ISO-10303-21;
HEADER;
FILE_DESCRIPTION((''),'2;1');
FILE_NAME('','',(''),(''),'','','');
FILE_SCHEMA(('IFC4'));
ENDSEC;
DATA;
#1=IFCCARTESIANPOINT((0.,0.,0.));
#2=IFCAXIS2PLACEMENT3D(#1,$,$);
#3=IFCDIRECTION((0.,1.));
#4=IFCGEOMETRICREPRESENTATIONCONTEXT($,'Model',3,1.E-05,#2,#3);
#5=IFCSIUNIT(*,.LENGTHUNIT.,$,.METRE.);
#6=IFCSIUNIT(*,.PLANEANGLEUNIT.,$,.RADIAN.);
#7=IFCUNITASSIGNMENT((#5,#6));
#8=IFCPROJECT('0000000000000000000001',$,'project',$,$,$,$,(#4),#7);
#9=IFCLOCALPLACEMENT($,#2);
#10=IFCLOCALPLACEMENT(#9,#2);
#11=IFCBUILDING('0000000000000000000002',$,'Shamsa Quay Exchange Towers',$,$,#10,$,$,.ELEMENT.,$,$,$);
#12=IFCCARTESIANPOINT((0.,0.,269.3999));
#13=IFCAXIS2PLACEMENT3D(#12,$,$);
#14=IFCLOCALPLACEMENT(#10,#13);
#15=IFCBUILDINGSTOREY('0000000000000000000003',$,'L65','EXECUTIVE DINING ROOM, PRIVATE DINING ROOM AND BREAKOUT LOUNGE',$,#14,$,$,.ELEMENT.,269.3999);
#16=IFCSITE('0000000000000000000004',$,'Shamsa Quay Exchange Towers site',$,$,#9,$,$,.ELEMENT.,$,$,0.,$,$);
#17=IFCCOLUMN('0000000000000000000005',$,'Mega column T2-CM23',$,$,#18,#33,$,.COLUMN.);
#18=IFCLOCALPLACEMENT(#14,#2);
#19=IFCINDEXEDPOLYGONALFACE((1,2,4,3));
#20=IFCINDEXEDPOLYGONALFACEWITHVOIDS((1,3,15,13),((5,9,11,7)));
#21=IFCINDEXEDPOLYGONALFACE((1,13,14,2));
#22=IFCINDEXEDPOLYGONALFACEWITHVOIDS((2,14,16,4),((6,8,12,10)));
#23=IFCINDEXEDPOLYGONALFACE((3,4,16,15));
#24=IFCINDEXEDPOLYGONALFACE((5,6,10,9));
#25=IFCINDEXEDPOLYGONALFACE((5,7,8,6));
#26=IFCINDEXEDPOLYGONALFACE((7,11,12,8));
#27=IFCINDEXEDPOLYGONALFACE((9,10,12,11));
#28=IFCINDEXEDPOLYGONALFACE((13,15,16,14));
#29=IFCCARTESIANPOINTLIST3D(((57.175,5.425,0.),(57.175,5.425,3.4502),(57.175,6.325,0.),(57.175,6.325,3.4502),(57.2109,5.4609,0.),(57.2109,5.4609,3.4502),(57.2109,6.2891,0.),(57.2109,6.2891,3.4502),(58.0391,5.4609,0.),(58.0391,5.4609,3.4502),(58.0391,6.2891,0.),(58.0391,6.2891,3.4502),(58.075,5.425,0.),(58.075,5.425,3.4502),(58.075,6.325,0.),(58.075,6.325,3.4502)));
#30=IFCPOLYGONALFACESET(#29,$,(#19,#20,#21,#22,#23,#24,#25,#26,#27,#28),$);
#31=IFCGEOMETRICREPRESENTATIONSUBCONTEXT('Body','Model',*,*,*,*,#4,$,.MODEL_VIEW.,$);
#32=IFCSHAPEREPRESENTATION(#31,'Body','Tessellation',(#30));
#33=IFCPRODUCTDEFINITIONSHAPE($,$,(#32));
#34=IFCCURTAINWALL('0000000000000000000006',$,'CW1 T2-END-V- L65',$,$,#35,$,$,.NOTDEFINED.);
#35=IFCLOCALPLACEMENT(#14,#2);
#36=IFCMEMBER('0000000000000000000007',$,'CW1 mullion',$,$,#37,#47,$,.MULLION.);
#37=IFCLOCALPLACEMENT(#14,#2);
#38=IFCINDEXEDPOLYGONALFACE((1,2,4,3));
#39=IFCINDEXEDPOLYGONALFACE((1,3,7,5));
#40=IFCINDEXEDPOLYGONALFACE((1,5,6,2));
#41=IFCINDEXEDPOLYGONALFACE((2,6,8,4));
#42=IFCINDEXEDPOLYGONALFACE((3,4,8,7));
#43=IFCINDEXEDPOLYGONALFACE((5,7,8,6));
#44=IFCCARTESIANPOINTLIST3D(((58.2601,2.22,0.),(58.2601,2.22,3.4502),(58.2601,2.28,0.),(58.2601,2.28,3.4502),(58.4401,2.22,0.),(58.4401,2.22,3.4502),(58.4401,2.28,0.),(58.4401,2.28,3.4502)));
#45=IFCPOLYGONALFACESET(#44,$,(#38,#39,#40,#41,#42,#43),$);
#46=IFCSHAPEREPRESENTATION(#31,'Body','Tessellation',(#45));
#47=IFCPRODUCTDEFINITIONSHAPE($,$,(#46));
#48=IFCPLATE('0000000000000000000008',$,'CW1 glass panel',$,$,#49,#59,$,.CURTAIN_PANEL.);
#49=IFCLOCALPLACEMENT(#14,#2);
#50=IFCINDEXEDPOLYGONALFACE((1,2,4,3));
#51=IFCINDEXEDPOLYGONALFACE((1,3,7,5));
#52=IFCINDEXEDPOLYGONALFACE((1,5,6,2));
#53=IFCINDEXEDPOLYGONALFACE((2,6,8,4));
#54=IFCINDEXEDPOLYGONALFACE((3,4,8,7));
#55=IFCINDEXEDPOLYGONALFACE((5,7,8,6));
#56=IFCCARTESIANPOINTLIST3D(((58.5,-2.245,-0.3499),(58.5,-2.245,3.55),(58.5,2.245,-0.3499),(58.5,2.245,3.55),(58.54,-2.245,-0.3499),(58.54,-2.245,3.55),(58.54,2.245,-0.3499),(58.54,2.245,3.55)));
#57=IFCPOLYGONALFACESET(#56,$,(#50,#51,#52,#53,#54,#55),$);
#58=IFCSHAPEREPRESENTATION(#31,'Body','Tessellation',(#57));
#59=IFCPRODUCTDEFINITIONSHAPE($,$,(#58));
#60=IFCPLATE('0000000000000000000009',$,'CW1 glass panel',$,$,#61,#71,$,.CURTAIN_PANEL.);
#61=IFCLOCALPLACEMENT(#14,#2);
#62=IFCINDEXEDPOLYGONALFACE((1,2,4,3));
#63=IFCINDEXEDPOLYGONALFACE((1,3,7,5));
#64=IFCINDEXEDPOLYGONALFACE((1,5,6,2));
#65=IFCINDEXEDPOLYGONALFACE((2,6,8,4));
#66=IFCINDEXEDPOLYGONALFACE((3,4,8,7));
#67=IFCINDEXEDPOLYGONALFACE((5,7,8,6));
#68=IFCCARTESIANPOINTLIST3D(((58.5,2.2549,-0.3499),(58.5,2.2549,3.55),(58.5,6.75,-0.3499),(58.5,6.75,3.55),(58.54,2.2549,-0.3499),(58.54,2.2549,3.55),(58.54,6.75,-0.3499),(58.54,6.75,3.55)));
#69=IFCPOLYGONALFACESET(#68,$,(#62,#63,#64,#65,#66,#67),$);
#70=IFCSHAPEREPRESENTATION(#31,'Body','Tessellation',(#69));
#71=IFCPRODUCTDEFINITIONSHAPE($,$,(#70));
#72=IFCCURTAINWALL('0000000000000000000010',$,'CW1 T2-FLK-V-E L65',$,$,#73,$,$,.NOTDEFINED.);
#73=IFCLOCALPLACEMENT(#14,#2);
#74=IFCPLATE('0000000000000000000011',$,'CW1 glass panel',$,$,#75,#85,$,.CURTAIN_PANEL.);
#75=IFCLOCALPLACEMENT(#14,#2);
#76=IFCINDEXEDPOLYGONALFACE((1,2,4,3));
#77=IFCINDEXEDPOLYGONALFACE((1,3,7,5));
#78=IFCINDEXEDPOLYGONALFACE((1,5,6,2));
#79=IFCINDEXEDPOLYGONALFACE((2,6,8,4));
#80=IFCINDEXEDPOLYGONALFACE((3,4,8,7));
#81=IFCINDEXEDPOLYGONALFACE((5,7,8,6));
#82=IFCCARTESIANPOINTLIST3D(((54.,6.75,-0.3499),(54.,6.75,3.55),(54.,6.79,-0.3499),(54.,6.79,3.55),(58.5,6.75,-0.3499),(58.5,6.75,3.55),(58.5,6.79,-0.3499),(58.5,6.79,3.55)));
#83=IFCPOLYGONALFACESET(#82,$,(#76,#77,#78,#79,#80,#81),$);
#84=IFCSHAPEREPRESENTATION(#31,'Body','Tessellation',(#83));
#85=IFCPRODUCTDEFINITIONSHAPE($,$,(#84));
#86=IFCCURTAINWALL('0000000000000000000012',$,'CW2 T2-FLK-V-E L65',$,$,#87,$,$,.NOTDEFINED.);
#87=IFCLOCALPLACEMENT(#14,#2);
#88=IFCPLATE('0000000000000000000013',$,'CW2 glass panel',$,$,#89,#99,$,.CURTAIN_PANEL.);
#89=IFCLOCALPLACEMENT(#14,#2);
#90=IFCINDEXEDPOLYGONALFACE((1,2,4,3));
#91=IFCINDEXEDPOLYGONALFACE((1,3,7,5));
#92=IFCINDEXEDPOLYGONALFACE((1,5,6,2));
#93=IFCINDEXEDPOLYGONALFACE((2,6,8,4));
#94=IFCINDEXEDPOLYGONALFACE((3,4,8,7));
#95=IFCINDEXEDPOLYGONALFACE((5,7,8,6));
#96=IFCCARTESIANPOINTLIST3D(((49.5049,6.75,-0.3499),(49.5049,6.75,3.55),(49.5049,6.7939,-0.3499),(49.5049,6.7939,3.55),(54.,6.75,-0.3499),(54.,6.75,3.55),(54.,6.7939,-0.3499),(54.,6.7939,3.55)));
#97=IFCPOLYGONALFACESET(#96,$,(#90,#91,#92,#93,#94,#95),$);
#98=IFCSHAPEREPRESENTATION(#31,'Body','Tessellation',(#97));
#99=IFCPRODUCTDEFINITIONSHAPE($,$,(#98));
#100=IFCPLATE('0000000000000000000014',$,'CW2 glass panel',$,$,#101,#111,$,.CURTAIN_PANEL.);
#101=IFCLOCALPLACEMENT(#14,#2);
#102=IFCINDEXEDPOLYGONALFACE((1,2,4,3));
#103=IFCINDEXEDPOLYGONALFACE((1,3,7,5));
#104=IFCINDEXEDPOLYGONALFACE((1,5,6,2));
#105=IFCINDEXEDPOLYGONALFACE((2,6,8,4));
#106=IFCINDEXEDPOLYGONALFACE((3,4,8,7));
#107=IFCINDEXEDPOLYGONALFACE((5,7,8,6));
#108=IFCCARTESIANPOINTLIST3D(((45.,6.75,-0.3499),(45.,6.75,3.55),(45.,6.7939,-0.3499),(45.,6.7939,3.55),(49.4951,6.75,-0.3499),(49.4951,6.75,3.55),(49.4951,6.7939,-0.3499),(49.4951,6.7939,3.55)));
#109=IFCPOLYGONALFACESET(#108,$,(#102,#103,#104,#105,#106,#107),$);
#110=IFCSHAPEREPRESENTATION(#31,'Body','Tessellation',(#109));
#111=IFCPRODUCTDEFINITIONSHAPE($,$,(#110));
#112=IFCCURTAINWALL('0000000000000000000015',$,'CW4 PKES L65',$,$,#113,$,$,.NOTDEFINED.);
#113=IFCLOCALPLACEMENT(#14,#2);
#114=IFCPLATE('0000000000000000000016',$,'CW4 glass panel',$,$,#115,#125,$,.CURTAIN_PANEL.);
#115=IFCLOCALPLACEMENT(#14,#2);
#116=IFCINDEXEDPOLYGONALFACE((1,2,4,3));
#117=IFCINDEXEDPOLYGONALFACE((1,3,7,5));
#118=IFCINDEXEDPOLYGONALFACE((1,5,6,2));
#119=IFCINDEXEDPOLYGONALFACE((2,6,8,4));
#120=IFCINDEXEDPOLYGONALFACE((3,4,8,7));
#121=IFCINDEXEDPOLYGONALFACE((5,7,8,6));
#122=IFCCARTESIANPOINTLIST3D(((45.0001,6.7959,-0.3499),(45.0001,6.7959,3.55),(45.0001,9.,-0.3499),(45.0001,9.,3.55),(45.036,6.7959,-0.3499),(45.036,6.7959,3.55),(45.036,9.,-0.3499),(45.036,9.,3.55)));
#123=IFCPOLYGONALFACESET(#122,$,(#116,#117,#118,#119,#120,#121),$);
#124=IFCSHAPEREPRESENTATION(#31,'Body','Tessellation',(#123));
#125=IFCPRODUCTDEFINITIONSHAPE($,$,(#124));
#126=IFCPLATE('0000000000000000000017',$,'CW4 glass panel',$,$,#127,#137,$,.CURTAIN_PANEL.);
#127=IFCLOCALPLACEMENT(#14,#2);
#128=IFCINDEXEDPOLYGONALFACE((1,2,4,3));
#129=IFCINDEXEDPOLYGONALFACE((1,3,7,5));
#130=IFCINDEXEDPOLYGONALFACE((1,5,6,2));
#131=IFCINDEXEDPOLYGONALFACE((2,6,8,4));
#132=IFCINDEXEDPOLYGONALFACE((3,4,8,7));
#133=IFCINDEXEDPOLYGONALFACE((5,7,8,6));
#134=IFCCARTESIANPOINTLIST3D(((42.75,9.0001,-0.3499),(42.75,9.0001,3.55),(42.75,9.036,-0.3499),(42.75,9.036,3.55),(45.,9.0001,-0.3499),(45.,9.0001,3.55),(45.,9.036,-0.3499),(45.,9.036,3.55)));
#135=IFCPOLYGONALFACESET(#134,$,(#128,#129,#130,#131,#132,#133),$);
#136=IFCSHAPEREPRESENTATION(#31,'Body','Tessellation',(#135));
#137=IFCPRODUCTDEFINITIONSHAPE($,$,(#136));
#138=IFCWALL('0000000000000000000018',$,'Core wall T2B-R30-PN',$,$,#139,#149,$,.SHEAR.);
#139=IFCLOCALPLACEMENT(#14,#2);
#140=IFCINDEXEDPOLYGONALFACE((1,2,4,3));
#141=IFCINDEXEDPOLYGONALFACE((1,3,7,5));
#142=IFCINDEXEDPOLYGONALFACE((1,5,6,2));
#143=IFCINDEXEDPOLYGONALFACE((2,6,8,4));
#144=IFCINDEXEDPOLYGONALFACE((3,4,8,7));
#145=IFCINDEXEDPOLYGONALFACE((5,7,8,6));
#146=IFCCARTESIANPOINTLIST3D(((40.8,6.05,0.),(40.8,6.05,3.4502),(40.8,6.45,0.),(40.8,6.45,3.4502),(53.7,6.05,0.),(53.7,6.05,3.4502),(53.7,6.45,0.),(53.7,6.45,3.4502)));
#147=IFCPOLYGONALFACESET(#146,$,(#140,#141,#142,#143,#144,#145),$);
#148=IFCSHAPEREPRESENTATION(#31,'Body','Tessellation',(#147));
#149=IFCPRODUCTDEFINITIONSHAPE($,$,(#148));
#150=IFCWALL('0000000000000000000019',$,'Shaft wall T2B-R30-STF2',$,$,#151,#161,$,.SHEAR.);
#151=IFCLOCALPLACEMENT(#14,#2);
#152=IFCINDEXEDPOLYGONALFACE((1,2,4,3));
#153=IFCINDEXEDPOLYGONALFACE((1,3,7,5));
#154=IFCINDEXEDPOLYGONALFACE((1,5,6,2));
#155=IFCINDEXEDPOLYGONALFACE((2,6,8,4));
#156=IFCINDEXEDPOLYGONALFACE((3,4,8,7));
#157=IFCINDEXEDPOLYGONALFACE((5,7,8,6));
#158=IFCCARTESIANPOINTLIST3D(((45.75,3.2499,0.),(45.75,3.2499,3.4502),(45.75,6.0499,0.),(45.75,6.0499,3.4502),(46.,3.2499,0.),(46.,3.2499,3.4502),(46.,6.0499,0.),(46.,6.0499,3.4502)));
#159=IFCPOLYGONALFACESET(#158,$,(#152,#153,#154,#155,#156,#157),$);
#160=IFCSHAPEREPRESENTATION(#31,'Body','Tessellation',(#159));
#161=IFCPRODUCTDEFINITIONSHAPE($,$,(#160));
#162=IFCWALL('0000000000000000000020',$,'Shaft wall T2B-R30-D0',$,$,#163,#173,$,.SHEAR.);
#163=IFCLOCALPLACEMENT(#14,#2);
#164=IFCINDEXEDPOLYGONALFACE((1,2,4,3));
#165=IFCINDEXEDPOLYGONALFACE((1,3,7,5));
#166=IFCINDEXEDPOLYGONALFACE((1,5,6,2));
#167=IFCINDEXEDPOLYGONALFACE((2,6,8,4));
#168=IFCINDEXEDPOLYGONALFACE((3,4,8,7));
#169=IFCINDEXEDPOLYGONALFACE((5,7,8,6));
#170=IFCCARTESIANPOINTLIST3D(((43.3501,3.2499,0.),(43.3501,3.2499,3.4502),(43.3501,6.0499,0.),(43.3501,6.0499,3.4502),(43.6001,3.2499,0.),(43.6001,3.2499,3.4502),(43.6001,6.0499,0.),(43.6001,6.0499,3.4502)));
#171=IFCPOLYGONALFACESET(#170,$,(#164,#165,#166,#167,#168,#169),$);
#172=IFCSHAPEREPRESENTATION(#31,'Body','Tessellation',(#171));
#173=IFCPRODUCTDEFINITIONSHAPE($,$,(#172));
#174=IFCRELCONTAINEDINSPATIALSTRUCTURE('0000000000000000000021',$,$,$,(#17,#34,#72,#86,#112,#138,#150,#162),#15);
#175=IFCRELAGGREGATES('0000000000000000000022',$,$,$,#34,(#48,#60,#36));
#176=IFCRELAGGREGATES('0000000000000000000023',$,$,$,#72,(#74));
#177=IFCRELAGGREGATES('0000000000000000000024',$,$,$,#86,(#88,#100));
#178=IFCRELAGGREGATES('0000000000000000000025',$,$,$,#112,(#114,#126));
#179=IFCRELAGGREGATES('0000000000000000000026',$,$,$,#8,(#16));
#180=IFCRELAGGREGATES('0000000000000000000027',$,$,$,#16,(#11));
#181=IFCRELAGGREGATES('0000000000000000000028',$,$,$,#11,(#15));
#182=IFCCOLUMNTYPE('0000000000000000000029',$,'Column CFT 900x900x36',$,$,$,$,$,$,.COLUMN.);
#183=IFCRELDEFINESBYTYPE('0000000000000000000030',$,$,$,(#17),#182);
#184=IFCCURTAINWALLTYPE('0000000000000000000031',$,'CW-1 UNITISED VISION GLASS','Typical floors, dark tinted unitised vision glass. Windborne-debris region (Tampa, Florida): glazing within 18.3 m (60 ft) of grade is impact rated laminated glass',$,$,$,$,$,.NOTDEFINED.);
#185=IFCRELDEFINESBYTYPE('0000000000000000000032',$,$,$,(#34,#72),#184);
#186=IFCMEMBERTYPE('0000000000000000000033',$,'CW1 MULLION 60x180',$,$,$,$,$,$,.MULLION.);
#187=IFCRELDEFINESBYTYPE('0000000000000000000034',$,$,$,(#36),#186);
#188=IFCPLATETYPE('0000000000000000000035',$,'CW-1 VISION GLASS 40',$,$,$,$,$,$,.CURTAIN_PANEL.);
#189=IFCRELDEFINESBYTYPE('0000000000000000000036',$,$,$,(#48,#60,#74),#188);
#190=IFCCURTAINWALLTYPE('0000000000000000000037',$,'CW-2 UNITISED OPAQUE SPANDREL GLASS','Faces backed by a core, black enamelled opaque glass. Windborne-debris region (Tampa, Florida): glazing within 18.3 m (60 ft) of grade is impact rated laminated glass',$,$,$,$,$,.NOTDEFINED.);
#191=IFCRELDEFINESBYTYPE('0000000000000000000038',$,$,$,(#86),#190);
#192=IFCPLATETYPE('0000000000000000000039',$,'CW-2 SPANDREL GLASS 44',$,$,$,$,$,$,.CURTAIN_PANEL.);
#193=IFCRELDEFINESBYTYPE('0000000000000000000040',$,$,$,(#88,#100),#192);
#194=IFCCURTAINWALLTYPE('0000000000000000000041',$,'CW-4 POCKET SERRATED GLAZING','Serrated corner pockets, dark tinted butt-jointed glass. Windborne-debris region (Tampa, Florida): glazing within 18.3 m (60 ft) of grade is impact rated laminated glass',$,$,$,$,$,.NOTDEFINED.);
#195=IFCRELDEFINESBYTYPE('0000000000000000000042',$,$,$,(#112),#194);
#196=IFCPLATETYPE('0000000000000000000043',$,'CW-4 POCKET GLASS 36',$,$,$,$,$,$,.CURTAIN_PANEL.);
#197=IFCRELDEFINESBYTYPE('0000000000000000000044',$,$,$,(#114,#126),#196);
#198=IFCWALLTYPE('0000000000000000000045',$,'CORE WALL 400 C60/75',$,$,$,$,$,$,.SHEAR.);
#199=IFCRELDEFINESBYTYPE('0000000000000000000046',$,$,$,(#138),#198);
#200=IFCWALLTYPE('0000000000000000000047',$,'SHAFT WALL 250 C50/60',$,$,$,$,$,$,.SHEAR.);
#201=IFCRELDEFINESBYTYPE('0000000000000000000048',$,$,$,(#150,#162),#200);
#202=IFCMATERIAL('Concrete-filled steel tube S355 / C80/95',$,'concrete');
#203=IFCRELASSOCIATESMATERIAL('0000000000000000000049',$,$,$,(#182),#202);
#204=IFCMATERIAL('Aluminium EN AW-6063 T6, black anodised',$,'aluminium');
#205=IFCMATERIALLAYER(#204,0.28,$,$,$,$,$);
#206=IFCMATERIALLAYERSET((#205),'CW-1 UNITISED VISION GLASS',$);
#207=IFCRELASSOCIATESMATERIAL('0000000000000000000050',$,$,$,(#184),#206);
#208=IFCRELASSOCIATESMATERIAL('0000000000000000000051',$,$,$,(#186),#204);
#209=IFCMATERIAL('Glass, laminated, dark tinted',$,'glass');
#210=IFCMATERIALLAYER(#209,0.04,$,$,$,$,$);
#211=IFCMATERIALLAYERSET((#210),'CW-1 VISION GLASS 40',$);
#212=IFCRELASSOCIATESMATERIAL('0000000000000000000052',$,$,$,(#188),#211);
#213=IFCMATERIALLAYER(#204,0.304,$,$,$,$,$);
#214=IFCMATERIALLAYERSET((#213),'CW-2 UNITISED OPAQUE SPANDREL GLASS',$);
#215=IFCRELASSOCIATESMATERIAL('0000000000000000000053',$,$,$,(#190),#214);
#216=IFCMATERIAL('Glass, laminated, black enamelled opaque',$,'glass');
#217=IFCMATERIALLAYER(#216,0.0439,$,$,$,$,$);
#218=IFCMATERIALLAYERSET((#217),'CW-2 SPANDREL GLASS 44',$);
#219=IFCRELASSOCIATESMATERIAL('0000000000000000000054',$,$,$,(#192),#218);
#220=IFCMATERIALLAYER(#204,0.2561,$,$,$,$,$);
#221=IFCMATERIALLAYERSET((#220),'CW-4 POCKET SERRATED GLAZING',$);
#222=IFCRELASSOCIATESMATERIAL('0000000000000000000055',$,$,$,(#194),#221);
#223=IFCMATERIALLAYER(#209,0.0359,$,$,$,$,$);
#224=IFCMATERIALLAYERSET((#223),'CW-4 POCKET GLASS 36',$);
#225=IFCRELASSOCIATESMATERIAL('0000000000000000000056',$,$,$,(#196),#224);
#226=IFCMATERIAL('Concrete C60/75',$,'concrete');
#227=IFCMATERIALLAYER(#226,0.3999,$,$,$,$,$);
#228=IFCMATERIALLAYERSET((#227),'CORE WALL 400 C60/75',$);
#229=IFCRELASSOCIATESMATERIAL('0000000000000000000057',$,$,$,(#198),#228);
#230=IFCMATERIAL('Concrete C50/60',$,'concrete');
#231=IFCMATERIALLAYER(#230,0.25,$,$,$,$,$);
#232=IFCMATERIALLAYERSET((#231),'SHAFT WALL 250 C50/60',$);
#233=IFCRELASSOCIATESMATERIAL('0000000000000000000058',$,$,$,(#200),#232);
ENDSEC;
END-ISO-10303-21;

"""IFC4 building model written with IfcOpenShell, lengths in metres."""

from ifc_helpers import new_model, si_unit, direction, frame, frame_2d, origin, origin_2d, place, context, subcontext, project, spatial, rectangle, hollow_rectangle, extrude, material, layer, layer_set, material_profile, profile_set, type_object, element, aggregate, save


model = new_model("IFC4")

# Units and contexts
model_context = context("Model", 3, precision=1e-05, world=origin(), true_north=direction((0.0, 1.0)))
body_context = subcontext(model_context, "Body", "Model", "MODEL_VIEW")
ifc_project = project(units=[si_unit("LENGTHUNIT", "METRE"), si_unit("PLANEANGLEUNIT", "RADIAN")], contexts=[model_context])

# Site, building, storey
site_placement = place(None, origin())
site = spatial("IfcSite", under=ifc_project, at=site_placement, Name="Shamsa Quay Exchange Towers site", CompositionType="ELEMENT", RefElevation=0.0)
building_placement = place(site_placement, origin())
building = spatial("IfcBuilding", under=site, at=building_placement, Name="Shamsa Quay Exchange Towers", CompositionType="ELEMENT")
storey_placement = place(building_placement, frame((0.0, 0.0, 269.3999)))
storey = spatial("IfcBuildingStorey", under=building, at=storey_placement, Name="L65", Description="EXECUTIVE DINING ROOM, PRIVATE DINING ROOM AND BREAKOUT LOUNGE", CompositionType="ELEMENT", Elevation=269.3999)

# Column
ifc_material_1 = material(Name="Concrete-filled steel tube S355 / C80/95", Category="concrete")
ifc_material_profile_1 = material_profile(ifc_material_1, hollow_rectangle(XDim=0.8999, YDim=0.8999, WallThickness=0.0359, at=origin_2d()), Name="CFT 900x900x36")
ifc_profile_set_1 = profile_set([ifc_material_profile_1], Name="Concrete-filled steel tube S355 / C80/95")
column_type = type_object("IfcColumnType", Name="Column CFT 900x900x36", PredefinedType="COLUMN", material=ifc_profile_set_1)
column_placement = place(storey_placement, frame((57.625, 5.875, 0.0)))
element("IfcColumn", 1, at=column_placement, inside=storey, type_object=column_type, Name="Mega column T2-CM23", PredefinedType="COLUMN", context=body_context, shape_type="SweptSolid", body=[
    extrude(hollow_rectangle(XDim=0.8999, YDim=0.8999, WallThickness=0.0359, at=origin_2d()), origin(), (0.0, 0.0, 1.0), 3.4502),
])

# Curtain wall, member, plates
ifc_material_2 = material(Name="Aluminium EN AW-6063 T6, black anodised", Category="aluminium")
ifc_layer_1 = layer(ifc_material_2, 0.28)
ifc_layer_set_1 = layer_set([ifc_layer_1], Name="CW-1 UNITISED VISION GLASS")
curtain_wall_type_1 = type_object("IfcCurtainWallType", Name="CW-1 UNITISED VISION GLASS", Description="Typical floors, dark tinted unitised vision glass. Windborne-debris region (Tampa, Florida): glazing within 18.3 m (60 ft) of grade is impact rated laminated glass", PredefinedType="NOTDEFINED", material=ifc_layer_set_1)
curtain_wall_1_placement = place(storey_placement, origin())
curtain_wall_1 = element("IfcCurtainWall", 2, at=curtain_wall_1_placement, inside=storey, type_object=curtain_wall_type_1, Name="CW1 T2-END-V- L65", PredefinedType="NOTDEFINED")
ifc_material_profile_2 = material_profile(ifc_material_2, rectangle(XDim=0.1799, YDim=0.0601, at=origin_2d()), Name="MU60x180")
ifc_profile_set_2 = profile_set([ifc_material_profile_2], Name="Aluminium EN AW-6063 T6, black anodised")
member_type = type_object("IfcMemberType", Name="CW1 MULLION 60x180", PredefinedType="MULLION", material=ifc_profile_set_2)
member_placement = place(storey_placement, frame((58.3501, 2.25, 0.0), z_axis=(0.0, 0.0, 1.0), x_axis=(-1.0, 0.0, 0.0)))
member = element("IfcMember", 3, at=member_placement, type_object=member_type, Name="CW1 mullion", PredefinedType="MULLION", context=body_context, shape_type="SweptSolid", body=[
    extrude(rectangle(XDim=0.1799, YDim=0.0601, at=origin_2d()), origin(), (0.0, 0.0, 1.0), 3.4502),
])
ifc_material_3 = material(Name="Glass, laminated, dark tinted", Category="glass")
ifc_layer_2 = layer(ifc_material_3, 0.04)
ifc_layer_set_2 = layer_set([ifc_layer_2], Name="CW-1 VISION GLASS 40")
plate_type_1 = type_object("IfcPlateType", Name="CW-1 VISION GLASS 40", PredefinedType="CURTAIN_PANEL", material=ifc_layer_set_2)
plate_1_placement = place(storey_placement, frame((58.52, 0.0, -0.3499), z_axis=(0.0, 0.0, 1.0), x_axis=(0.0, 1.0, 0.0)))
plate_1 = element("IfcPlate", 4, at=plate_1_placement, type_object=plate_type_1, Name="CW1 glass panel", PredefinedType="CURTAIN_PANEL", context=body_context, shape_type="SweptSolid", body=[
    extrude(rectangle(XDim=4.49, YDim=0.04, at=origin_2d()), origin(), (0.0, 0.0, 1.0), 3.8999),
])
plate_2_placement = place(storey_placement, frame((58.52, 4.5024, -0.3499), z_axis=(0.0, 0.0, 1.0), x_axis=(0.0, 1.0, 0.0)))
plate_2 = element("IfcPlate", 5, at=plate_2_placement, type_object=plate_type_1, Name="CW1 glass panel", PredefinedType="CURTAIN_PANEL", context=body_context, shape_type="SweptSolid", body=[
    extrude(rectangle(XDim=4.4951, YDim=0.04, at=origin_2d()), origin(), (0.0, 0.0, 1.0), 3.8999),
])
aggregate(curtain_wall_1, [plate_1, plate_2, member])

# Curtain wall, plate
curtain_wall_2_placement = place(storey_placement, origin())
curtain_wall_2 = element("IfcCurtainWall", 6, at=curtain_wall_2_placement, inside=storey, type_object=curtain_wall_type_1, Name="CW1 T2-FLK-V-E L65", PredefinedType="NOTDEFINED")
plate_3_placement = place(storey_placement, frame((56.25, 6.77, -0.3499), z_axis=(0.0, 0.0, 1.0), x_axis=(-1.0, 0.0, 0.0)))
plate_3 = element("IfcPlate", 7, at=plate_3_placement, type_object=plate_type_1, Name="CW1 glass panel", PredefinedType="CURTAIN_PANEL", context=body_context, shape_type="SweptSolid", body=[
    extrude(rectangle(XDim=4.5, YDim=0.04, at=origin_2d()), origin(), (0.0, 0.0, 1.0), 3.8999),
])
aggregate(curtain_wall_2, [plate_3])

# Curtain walls, plates
ifc_layer_3 = layer(ifc_material_2, 0.304)
ifc_layer_set_3 = layer_set([ifc_layer_3], Name="CW-2 UNITISED OPAQUE SPANDREL GLASS")
curtain_wall_type_2 = type_object("IfcCurtainWallType", Name="CW-2 UNITISED OPAQUE SPANDREL GLASS", Description="Faces backed by a core, black enamelled opaque glass. Windborne-debris region (Tampa, Florida): glazing within 18.3 m (60 ft) of grade is impact rated laminated glass", PredefinedType="NOTDEFINED", material=ifc_layer_set_3)
curtain_wall_3_placement = place(storey_placement, origin())
curtain_wall_3 = element("IfcCurtainWall", 8, at=curtain_wall_3_placement, inside=storey, type_object=curtain_wall_type_2, Name="CW2 T2-FLK-V-E L65", PredefinedType="NOTDEFINED")
ifc_material_4 = material(Name="Glass, laminated, black enamelled opaque", Category="glass")
ifc_layer_4 = layer(ifc_material_4, 0.0439)
ifc_layer_set_4 = layer_set([ifc_layer_4], Name="CW-2 SPANDREL GLASS 44")
plate_type_2 = type_object("IfcPlateType", Name="CW-2 SPANDREL GLASS 44", PredefinedType="CURTAIN_PANEL", material=ifc_layer_set_4)
plate_4_placement = place(storey_placement, frame((51.7524, 6.772, -0.3499), z_axis=(0.0, 0.0, 1.0), x_axis=(-1.0, 0.0, 0.0)))
plate_4 = element("IfcPlate", 9, at=plate_4_placement, type_object=plate_type_2, Name="CW2 glass panel", PredefinedType="CURTAIN_PANEL", context=body_context, shape_type="SweptSolid", body=[
    extrude(rectangle(XDim=4.4951, YDim=0.0439, at=origin_2d()), origin(), (0.0, 0.0, 1.0), 3.8999),
])
plate_5_placement = place(storey_placement, frame((47.2476, 6.772, -0.3499), z_axis=(0.0, 0.0, 1.0), x_axis=(-1.0, 0.0, 0.0)))
plate_5 = element("IfcPlate", 10, at=plate_5_placement, type_object=plate_type_2, Name="CW2 glass panel", PredefinedType="CURTAIN_PANEL", context=body_context, shape_type="SweptSolid", body=[
    extrude(rectangle(XDim=4.4951, YDim=0.0439, at=origin_2d()), origin(), (0.0, 0.0, 1.0), 3.8999),
])
aggregate(curtain_wall_3, [plate_4, plate_5])
ifc_layer_5 = layer(ifc_material_2, 0.2561)
ifc_layer_set_5 = layer_set([ifc_layer_5], Name="CW-4 POCKET SERRATED GLAZING")
curtain_wall_type_3 = type_object("IfcCurtainWallType", Name="CW-4 POCKET SERRATED GLAZING", Description="Serrated corner pockets, dark tinted butt-jointed glass. Windborne-debris region (Tampa, Florida): glazing within 18.3 m (60 ft) of grade is impact rated laminated glass", PredefinedType="NOTDEFINED", material=ifc_layer_set_5)
curtain_wall_4_placement = place(storey_placement, origin())
curtain_wall_4 = element("IfcCurtainWall", 11, at=curtain_wall_4_placement, inside=storey, type_object=curtain_wall_type_3, Name="CW4 PKES L65", PredefinedType="NOTDEFINED")
ifc_layer_6 = layer(ifc_material_3, 0.0359)
ifc_layer_set_6 = layer_set([ifc_layer_6], Name="CW-4 POCKET GLASS 36")
plate_type_3 = type_object("IfcPlateType", Name="CW-4 POCKET GLASS 36", PredefinedType="CURTAIN_PANEL", material=ifc_layer_set_6)
plate_6_placement = place(storey_placement, frame((45.0181, 7.8979, -0.3499), z_axis=(0.0, 0.0, 1.0), x_axis=(0.0, 1.0, 0.0)))
plate_6 = element("IfcPlate", 12, at=plate_6_placement, type_object=plate_type_3, Name="CW4 glass panel", PredefinedType="CURTAIN_PANEL", context=body_context, shape_type="SweptSolid", body=[
    extrude(rectangle(XDim=2.2041, YDim=0.0359, at=origin_2d()), origin(), (0.0, 0.0, 1.0), 3.8999),
])
plate_7_placement = place(storey_placement, frame((43.875, 9.0181, -0.3499), z_axis=(0.0, 0.0, 1.0), x_axis=(-1.0, 0.0, 0.0)))
plate_7 = element("IfcPlate", 13, at=plate_7_placement, type_object=plate_type_3, Name="CW4 glass panel", PredefinedType="CURTAIN_PANEL", context=body_context, shape_type="SweptSolid", body=[
    extrude(rectangle(XDim=2.25, YDim=0.0359, at=origin_2d()), origin(), (0.0, 0.0, 1.0), 3.8999),
])
aggregate(curtain_wall_4, [plate_6, plate_7])

# Walls
ifc_material_5 = material(Name="Concrete C60/75", Category="concrete")
ifc_layer_7 = layer(ifc_material_5, 0.3999)
ifc_layer_set_7 = layer_set([ifc_layer_7], Name="CORE WALL 400 C60/75")
wall_type_1 = type_object("IfcWallType", Name="CORE WALL 400 C60/75", PredefinedType="SHEAR", material=ifc_layer_set_7)
wall_1_placement = place(storey_placement, frame((53.7, 6.25, 0.0), z_axis=(0.0, 0.0, 1.0), x_axis=(-1.0, 0.0, 0.0)))
element("IfcWall", 14, at=wall_1_placement, inside=storey, type_object=wall_type_1, Name="Core wall T2B-R30-PN", PredefinedType="SHEAR", context=body_context, shape_type="SweptSolid", body=[
    extrude(rectangle(XDim=12.8999, YDim=0.3999, at=frame_2d((6.45, 0.0))), origin(), (0.0, 0.0, 1.0), 3.4502),
])
ifc_material_6 = material(Name="Concrete C50/60", Category="concrete")
ifc_layer_8 = layer(ifc_material_6, 0.25)
ifc_layer_set_8 = layer_set([ifc_layer_8], Name="SHAFT WALL 250 C50/60")
wall_type_2 = type_object("IfcWallType", Name="SHAFT WALL 250 C50/60", PredefinedType="SHEAR", material=ifc_layer_set_8)
for number, where, z_axis, x_axis, name in (
    (15, (45.875, 3.25, 0.0), (0.0, 0.0, 1.0), (0.0, 1.0, 0.0), "Shaft wall T2B-R30-STF2"),
    (16, (43.4751, 3.25, 0.0), (0.0, 0.0, 1.0), (0.0, 1.0, 0.0), "Shaft wall T2B-R30-D0"),
):
    element("IfcWall", number, at=place(storey_placement, frame(where, z_axis=z_axis, x_axis=x_axis)), inside=storey, type_object=wall_type_2, Name=name, PredefinedType="SHEAR", context=body_context, shape_type="SweptSolid", body=[
        extrude(rectangle(XDim=2.8, YDim=0.25, at=frame_2d((1.3999, 0.0))), origin(), (0.0, 0.0, 1.0), 3.4502),
    ])

save(model, "model.ifc")
